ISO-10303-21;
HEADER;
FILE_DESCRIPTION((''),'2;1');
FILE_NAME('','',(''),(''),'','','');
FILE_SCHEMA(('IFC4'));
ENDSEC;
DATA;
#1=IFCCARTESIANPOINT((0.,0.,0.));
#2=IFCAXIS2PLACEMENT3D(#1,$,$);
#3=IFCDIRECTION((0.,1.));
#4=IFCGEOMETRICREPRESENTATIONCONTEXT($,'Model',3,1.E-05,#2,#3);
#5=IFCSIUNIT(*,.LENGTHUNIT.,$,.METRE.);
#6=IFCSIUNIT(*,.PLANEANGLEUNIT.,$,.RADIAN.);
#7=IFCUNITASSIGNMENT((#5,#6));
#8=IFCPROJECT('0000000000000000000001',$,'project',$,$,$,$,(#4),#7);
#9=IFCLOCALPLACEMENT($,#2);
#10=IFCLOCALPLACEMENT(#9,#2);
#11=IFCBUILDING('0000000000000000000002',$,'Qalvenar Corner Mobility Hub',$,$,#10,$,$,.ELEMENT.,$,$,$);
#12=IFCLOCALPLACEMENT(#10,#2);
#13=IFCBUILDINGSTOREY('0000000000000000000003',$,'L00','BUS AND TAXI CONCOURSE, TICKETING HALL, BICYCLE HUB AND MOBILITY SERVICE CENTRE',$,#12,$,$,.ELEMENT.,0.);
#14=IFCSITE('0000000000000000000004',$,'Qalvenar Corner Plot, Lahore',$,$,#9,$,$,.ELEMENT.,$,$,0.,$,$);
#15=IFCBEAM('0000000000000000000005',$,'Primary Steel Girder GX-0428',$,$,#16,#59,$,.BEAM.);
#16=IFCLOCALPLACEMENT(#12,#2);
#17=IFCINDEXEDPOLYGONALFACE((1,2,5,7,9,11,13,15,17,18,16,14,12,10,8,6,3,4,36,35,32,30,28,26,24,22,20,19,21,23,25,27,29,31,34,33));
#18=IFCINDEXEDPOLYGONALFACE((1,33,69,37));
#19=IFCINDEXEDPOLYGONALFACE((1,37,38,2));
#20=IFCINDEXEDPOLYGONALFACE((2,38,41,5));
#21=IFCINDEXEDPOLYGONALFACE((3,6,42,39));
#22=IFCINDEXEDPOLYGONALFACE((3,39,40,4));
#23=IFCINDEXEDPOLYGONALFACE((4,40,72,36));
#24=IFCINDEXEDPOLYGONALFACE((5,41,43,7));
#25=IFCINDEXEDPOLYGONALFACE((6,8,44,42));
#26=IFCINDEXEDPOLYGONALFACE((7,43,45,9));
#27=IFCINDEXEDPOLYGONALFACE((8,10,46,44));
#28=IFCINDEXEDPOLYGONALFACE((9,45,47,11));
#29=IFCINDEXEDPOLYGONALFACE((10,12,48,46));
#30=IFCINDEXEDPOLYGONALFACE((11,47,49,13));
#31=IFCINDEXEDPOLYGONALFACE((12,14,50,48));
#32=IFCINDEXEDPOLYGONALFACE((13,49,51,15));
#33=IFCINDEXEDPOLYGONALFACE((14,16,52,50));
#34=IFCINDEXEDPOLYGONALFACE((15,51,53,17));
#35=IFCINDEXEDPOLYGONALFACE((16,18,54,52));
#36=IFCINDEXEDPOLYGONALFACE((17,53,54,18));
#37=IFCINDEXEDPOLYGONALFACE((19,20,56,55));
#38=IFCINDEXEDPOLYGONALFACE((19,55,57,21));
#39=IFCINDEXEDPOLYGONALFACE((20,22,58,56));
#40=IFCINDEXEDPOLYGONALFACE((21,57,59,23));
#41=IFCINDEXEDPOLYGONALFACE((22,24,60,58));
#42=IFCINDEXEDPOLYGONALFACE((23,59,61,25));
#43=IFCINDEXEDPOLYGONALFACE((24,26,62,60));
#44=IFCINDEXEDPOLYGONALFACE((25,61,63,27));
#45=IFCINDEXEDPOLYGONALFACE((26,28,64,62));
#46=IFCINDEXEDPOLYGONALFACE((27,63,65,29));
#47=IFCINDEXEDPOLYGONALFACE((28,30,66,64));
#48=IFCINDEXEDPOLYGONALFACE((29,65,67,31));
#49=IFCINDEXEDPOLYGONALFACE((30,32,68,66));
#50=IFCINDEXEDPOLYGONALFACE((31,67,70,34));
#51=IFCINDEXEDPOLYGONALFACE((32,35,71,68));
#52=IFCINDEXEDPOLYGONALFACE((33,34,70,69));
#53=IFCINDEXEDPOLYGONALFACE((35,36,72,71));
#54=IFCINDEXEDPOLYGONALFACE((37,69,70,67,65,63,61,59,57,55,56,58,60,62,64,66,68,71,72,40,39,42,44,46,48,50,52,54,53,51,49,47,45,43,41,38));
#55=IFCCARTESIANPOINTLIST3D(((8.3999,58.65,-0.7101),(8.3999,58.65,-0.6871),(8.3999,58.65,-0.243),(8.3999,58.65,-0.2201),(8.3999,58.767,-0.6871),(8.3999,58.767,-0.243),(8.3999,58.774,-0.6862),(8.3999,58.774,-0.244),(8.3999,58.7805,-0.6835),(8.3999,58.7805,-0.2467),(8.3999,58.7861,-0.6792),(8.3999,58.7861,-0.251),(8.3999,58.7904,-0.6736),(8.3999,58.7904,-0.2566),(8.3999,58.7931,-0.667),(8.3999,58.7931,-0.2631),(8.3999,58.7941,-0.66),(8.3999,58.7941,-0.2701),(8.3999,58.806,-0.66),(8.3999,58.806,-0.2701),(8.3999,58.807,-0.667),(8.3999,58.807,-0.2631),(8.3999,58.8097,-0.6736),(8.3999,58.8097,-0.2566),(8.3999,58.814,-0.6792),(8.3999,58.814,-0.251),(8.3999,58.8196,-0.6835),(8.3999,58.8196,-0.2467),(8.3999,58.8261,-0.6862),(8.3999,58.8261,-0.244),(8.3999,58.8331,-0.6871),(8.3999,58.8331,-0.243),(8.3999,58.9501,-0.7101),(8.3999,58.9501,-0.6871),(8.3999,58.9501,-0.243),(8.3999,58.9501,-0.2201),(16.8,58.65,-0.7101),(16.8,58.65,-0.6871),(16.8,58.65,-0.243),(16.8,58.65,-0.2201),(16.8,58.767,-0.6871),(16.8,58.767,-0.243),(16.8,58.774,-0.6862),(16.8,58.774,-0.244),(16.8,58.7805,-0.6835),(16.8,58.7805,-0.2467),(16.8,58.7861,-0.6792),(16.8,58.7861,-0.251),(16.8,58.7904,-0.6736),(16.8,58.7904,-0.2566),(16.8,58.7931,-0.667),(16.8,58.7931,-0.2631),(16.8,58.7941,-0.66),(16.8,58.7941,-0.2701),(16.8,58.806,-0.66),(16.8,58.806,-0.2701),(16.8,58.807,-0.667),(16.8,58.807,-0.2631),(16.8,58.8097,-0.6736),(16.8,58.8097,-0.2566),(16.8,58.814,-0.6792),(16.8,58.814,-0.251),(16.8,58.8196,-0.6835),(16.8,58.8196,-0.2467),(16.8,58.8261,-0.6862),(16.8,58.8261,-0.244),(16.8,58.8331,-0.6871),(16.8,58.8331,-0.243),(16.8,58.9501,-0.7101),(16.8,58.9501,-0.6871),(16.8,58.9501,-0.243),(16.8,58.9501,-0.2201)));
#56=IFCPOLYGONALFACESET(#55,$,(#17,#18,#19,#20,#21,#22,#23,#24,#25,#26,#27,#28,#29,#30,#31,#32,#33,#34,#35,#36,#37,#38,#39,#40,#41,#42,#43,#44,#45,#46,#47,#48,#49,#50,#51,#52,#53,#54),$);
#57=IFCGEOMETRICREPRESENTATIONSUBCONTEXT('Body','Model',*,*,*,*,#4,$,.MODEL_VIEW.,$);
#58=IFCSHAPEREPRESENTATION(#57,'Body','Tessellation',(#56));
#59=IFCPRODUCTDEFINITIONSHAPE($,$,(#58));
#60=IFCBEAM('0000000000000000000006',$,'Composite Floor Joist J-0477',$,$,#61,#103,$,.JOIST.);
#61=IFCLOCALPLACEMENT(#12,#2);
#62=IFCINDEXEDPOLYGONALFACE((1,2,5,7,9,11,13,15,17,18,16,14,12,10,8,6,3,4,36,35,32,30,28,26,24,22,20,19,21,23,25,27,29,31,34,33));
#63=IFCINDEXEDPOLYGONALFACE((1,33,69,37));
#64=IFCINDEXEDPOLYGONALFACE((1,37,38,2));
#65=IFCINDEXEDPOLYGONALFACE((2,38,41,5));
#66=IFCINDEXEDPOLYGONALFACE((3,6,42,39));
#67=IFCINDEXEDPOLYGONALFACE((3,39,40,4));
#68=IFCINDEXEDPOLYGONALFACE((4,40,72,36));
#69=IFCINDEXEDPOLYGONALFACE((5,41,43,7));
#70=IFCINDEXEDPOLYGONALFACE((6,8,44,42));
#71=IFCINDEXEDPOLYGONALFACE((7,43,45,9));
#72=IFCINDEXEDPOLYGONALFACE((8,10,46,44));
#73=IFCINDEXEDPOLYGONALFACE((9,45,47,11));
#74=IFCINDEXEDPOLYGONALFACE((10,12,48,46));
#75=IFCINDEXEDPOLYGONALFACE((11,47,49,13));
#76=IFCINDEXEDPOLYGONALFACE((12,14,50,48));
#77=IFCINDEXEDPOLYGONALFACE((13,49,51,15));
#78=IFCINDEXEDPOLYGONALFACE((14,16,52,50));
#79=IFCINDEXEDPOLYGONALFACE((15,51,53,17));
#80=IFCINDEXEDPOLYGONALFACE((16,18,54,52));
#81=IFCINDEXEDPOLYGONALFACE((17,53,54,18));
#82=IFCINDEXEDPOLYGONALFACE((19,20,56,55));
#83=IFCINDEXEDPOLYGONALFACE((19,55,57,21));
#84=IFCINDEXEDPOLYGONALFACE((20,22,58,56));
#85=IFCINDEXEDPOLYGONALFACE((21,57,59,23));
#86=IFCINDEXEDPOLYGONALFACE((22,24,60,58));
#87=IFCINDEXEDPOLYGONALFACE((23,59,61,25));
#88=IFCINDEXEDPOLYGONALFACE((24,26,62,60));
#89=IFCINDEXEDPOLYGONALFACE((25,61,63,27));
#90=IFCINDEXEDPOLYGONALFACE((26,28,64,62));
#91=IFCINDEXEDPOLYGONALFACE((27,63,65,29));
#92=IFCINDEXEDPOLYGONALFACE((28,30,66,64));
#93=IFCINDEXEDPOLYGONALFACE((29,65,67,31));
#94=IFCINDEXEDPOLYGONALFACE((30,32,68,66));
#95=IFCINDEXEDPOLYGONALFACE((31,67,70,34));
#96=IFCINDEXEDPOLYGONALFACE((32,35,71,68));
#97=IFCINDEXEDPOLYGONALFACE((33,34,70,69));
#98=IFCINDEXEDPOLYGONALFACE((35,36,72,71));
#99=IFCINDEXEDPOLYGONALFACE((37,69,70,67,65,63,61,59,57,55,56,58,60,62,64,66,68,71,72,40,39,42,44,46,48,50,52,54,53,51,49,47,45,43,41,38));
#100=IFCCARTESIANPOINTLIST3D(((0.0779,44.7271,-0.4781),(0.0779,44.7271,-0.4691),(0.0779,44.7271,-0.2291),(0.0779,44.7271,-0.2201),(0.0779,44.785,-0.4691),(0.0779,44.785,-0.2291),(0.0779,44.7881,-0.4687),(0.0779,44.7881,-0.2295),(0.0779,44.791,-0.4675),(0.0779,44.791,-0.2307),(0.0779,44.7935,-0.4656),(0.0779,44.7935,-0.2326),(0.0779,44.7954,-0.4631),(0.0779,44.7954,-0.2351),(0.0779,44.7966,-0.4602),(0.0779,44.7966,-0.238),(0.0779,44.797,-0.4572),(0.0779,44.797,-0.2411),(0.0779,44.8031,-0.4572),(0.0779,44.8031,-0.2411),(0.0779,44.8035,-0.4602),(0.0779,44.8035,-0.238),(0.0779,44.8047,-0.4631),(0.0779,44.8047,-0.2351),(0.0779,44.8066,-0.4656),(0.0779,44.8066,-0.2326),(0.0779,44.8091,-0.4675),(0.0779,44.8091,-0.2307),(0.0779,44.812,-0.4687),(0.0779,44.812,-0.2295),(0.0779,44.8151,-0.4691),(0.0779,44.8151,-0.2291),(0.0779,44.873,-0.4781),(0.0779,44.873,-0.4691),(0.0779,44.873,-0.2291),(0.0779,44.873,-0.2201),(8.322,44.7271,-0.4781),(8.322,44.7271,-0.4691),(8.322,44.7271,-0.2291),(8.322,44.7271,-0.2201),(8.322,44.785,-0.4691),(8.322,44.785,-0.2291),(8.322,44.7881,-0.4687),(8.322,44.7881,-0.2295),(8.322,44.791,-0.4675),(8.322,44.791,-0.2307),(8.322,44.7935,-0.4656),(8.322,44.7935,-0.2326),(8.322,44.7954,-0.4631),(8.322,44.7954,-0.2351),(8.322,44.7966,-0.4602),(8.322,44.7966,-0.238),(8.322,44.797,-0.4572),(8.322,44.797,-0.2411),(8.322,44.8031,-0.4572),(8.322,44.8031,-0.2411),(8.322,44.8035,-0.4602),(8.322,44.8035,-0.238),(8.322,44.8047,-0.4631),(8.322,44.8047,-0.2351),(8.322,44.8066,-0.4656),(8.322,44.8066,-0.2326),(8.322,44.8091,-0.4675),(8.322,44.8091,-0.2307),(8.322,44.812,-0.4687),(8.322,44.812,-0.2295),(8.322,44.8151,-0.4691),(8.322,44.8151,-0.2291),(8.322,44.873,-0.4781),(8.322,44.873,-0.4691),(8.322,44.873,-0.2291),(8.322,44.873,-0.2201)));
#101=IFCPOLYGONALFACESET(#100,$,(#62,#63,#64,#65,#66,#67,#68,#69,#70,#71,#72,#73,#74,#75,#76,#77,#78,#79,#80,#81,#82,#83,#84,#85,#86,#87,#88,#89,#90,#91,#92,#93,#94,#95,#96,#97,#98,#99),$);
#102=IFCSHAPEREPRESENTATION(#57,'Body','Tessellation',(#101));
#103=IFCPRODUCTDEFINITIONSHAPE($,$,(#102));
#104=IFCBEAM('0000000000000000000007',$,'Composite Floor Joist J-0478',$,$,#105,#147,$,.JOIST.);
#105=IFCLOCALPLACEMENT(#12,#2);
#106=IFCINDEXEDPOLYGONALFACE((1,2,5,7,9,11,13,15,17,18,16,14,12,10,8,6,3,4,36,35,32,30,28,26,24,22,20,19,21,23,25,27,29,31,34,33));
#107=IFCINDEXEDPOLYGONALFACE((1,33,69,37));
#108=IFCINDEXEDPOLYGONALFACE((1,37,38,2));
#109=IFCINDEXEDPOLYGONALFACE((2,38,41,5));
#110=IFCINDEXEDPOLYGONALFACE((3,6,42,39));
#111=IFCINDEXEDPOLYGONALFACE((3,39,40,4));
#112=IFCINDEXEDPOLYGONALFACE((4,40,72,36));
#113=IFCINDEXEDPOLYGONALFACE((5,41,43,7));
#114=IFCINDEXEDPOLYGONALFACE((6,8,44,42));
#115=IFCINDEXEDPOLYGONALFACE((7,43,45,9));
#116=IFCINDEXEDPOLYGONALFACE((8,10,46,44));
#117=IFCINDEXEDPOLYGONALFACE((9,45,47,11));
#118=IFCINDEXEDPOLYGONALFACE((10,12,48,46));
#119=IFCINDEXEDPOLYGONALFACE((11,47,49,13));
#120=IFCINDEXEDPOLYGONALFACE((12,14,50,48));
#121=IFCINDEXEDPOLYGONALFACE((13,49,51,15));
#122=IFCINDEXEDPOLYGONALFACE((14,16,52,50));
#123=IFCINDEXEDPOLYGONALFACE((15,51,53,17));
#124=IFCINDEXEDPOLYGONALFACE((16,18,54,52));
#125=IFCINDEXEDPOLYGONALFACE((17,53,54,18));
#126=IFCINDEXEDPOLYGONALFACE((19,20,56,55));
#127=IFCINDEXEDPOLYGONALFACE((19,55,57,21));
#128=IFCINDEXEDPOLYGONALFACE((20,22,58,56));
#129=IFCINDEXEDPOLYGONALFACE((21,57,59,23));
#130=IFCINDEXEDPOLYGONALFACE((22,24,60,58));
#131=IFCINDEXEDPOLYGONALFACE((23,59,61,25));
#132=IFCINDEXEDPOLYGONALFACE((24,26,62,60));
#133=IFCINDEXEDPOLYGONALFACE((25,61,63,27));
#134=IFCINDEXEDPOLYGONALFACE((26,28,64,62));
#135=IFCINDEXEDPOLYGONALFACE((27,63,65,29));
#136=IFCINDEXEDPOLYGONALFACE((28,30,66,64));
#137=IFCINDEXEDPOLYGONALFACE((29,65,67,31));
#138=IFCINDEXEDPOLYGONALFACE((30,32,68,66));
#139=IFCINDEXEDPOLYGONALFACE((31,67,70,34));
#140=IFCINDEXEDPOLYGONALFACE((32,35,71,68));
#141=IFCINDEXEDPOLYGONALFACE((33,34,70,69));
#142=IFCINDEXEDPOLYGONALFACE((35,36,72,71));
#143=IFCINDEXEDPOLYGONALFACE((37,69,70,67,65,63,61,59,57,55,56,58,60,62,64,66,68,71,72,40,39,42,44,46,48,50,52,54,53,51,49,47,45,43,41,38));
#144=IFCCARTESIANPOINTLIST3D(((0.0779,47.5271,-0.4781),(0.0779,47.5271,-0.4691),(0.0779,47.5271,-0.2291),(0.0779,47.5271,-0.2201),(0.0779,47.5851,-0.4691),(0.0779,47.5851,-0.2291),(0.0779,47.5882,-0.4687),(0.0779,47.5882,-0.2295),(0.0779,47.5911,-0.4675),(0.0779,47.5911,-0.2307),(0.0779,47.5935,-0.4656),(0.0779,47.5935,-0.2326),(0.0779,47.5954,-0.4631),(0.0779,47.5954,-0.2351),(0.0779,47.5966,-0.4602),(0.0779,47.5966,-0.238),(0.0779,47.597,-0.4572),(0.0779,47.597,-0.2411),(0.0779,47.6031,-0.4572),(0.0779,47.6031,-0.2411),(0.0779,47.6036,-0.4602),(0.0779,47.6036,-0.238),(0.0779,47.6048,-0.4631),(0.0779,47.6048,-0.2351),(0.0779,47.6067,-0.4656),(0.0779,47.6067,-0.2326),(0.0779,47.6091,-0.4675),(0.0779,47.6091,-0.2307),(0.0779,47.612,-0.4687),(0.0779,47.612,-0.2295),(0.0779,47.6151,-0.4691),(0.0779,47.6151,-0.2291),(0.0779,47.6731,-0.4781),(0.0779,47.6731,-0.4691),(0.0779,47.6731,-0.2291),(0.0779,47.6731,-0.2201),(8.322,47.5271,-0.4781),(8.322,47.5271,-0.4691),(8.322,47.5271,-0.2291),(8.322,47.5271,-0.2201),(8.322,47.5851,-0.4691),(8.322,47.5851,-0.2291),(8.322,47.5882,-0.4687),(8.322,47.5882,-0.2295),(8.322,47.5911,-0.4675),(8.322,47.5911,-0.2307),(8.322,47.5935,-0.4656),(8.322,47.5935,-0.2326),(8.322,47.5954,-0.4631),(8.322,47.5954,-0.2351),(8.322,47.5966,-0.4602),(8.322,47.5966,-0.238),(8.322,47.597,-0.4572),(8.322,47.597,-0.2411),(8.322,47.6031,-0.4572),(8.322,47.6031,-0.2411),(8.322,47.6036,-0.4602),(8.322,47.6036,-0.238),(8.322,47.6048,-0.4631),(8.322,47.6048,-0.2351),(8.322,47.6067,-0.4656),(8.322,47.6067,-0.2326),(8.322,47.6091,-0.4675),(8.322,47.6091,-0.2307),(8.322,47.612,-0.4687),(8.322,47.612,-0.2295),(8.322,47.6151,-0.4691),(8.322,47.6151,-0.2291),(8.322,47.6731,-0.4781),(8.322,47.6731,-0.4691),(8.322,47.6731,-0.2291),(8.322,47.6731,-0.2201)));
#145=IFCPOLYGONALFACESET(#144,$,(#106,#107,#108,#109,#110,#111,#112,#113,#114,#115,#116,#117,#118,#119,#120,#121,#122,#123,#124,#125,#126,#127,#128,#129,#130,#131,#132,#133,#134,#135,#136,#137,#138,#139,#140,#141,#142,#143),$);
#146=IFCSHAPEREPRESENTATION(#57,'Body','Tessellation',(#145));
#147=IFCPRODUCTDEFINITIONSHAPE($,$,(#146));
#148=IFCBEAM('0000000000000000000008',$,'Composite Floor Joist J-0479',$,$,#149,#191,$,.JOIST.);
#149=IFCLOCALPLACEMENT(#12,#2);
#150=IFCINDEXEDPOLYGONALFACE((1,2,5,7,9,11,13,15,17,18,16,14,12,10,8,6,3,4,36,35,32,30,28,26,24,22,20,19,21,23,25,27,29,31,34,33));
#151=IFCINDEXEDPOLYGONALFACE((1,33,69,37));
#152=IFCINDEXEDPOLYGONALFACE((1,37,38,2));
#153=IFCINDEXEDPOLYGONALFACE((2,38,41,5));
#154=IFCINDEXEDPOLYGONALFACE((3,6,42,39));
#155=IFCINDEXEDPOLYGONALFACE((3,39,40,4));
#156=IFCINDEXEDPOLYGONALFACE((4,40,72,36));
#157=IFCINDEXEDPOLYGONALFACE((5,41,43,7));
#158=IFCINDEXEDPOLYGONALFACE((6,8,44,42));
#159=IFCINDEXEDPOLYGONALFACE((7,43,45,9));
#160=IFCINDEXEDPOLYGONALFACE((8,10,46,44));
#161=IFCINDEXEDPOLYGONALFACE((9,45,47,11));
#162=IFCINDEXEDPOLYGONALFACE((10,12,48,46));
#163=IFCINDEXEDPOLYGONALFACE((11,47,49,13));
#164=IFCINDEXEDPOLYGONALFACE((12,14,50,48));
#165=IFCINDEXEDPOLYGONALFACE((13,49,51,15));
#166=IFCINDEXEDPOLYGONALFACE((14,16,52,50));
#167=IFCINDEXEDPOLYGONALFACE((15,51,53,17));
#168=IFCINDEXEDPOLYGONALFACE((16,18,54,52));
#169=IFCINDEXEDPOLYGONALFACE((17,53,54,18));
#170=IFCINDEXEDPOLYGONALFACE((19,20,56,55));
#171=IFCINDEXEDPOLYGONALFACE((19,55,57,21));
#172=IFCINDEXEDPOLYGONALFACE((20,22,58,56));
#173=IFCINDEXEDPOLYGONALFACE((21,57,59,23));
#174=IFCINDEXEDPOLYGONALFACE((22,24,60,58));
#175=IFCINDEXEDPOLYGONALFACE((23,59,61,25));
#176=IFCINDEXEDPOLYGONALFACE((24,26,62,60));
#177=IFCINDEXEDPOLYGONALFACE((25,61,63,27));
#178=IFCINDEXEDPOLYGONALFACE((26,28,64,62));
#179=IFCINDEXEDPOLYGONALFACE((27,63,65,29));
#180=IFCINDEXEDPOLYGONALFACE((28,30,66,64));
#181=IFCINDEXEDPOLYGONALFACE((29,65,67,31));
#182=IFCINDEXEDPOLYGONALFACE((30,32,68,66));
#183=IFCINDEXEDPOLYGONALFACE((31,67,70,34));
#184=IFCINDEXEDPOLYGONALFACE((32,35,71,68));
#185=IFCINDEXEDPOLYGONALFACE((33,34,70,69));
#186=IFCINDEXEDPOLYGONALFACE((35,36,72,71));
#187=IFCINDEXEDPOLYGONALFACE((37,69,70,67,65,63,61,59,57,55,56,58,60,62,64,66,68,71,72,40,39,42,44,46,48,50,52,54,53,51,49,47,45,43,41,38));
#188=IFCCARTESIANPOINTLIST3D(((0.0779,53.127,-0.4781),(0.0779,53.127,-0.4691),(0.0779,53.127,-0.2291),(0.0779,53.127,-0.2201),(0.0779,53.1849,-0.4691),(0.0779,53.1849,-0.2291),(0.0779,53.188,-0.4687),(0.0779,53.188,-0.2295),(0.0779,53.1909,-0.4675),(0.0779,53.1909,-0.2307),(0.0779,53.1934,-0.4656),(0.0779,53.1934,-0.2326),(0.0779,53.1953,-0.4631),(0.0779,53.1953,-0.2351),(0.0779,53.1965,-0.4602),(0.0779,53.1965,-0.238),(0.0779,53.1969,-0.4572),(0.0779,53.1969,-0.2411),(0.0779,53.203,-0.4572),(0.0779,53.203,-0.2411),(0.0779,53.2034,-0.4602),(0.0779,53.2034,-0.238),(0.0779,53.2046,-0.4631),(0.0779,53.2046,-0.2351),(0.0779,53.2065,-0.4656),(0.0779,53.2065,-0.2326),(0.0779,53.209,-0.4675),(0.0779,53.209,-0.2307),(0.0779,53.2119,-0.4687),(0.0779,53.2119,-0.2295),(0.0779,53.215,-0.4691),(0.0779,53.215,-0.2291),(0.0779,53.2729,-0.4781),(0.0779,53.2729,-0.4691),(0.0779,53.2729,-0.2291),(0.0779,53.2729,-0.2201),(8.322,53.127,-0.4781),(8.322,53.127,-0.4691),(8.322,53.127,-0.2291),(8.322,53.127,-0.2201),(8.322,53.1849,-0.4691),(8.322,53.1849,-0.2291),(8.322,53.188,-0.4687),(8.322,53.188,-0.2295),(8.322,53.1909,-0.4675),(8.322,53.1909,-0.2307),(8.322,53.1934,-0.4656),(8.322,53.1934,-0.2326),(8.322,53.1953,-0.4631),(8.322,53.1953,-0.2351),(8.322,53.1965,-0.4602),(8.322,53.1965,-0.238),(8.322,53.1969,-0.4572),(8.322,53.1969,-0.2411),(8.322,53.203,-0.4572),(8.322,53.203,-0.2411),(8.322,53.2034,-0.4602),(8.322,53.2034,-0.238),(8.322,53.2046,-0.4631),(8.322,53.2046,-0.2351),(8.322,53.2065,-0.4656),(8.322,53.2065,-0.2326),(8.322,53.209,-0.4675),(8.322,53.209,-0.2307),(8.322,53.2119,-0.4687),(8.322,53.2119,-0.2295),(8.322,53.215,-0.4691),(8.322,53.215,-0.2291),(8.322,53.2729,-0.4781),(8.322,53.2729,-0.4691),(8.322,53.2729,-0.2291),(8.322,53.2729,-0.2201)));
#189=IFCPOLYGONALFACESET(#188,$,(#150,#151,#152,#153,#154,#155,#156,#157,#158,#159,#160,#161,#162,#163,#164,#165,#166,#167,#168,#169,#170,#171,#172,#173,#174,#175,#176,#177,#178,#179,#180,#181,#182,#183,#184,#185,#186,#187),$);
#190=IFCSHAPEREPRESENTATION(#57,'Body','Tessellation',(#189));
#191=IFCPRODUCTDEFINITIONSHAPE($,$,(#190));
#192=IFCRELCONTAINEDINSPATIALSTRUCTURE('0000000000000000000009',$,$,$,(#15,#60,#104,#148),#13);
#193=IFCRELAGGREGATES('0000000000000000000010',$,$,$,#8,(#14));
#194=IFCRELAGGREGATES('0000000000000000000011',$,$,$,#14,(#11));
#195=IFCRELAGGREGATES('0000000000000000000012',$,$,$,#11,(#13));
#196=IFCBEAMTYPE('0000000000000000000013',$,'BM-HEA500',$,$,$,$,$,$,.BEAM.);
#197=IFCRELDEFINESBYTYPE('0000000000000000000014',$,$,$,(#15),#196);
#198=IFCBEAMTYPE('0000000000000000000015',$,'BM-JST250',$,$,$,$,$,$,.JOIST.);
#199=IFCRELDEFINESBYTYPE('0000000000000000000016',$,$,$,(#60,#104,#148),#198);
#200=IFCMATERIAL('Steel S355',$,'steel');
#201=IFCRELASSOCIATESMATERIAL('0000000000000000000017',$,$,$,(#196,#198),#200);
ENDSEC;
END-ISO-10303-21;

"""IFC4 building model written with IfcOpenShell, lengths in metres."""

from ifc_helpers import new_model, si_unit, direction, frame, origin, origin_2d, place, context, subcontext, project, spatial, i_section, extrude, material, material_profile, profile_set, type_object, element, save


model = new_model("IFC4")

# Units and contexts
model_context = context("Model", 3, precision=1e-05, world=origin(), true_north=direction((0.0, 1.0)))
body_context = subcontext(model_context, "Body", "Model", "MODEL_VIEW")
ifc_project = project(units=[si_unit("LENGTHUNIT", "METRE"), si_unit("PLANEANGLEUNIT", "RADIAN")], contexts=[model_context])

# Site, building, storey
site_placement = place(None, origin())
site = spatial("IfcSite", under=ifc_project, at=site_placement, Name="Qalvenar Corner Plot, Lahore", CompositionType="ELEMENT", RefElevation=0.0)
building_placement = place(site_placement, origin())
building = spatial("IfcBuilding", under=site, at=building_placement, Name="Qalvenar Corner Mobility Hub", CompositionType="ELEMENT")
storey_placement = place(building_placement, origin())
storey = spatial("IfcBuildingStorey", under=building, at=storey_placement, Name="L00", Description="BUS AND TAXI CONCOURSE, TICKETING HALL, BICYCLE HUB AND MOBILITY SERVICE CENTRE", CompositionType="ELEMENT", Elevation=0.0)

# Shared definitions
ifc_material_1 = material(Name="Steel S355", Category="steel")

# Beams
ifc_material_profile_1 = material_profile(ifc_material_1, i_section(OverallWidth=0.3, OverallDepth=0.49, WebThickness=0.012, FlangeThickness=0.0229, FilletRadius=0.0271, at=origin_2d()), Name="HEA500")
ifc_profile_set_1 = profile_set([ifc_material_profile_1], Name="Steel S355")
beam_type_1 = type_object("IfcBeamType", Name="BM-HEA500", PredefinedType="BEAM", material=ifc_profile_set_1)
for number, where, z_axis, x_axis, name in (
    (1, (8.3999, 58.8, -0.4651), (1.0, 0.0, 0.0), (0.0, 1.0, 0.0), "Primary Steel Girder GX-0428"),
):
    element("IfcBeam", number, at=place(storey_placement, frame(where, z_axis=z_axis, x_axis=x_axis)), inside=storey, type_object=beam_type_1, Name=name, PredefinedType="BEAM", context=body_context, shape_type="SweptSolid", body=[
        extrude(i_section(OverallWidth=0.3, OverallDepth=0.49, WebThickness=0.012, FlangeThickness=0.0229, FilletRadius=0.0271, at=origin_2d()), origin(), (0.0, 0.0, 1.0), 8.4001),
    ])
ifc_material_profile_2 = material_profile(ifc_material_1, i_section(OverallWidth=0.146, OverallDepth=0.2581, WebThickness=0.0061, FlangeThickness=0.009, FilletRadius=0.012, at=origin_2d()), Name="W250x32.7")
ifc_profile_set_2 = profile_set([ifc_material_profile_2], Name="Steel S355")
beam_type_2 = type_object("IfcBeamType", Name="BM-JST250", PredefinedType="JOIST", material=ifc_profile_set_2)
for number, where, z_axis, x_axis, name in (
    (2, (0.0779, 44.8, -0.3491), (1.0, 0.0, 0.0), (0.0, 1.0, 0.0), "Composite Floor Joist J-0477"),
    (3, (0.0779, 47.6001, -0.3491), (1.0, 0.0, 0.0), (0.0, 1.0, 0.0), "Composite Floor Joist J-0478"),
    (4, (0.0779, 53.2, -0.3491), (1.0, 0.0, 0.0), (0.0, 1.0, 0.0), "Composite Floor Joist J-0479"),
):
    element("IfcBeam", number, at=place(storey_placement, frame(where, z_axis=z_axis, x_axis=x_axis)), inside=storey, type_object=beam_type_2, Name=name, PredefinedType="JOIST", context=body_context, shape_type="SweptSolid", body=[
        extrude(i_section(OverallWidth=0.146, OverallDepth=0.2581, WebThickness=0.0061, FlangeThickness=0.009, FilletRadius=0.012, at=origin_2d()), origin(), (0.0, 0.0, 1.0), 8.2441),
    ])

save(model, "model.ifc")
